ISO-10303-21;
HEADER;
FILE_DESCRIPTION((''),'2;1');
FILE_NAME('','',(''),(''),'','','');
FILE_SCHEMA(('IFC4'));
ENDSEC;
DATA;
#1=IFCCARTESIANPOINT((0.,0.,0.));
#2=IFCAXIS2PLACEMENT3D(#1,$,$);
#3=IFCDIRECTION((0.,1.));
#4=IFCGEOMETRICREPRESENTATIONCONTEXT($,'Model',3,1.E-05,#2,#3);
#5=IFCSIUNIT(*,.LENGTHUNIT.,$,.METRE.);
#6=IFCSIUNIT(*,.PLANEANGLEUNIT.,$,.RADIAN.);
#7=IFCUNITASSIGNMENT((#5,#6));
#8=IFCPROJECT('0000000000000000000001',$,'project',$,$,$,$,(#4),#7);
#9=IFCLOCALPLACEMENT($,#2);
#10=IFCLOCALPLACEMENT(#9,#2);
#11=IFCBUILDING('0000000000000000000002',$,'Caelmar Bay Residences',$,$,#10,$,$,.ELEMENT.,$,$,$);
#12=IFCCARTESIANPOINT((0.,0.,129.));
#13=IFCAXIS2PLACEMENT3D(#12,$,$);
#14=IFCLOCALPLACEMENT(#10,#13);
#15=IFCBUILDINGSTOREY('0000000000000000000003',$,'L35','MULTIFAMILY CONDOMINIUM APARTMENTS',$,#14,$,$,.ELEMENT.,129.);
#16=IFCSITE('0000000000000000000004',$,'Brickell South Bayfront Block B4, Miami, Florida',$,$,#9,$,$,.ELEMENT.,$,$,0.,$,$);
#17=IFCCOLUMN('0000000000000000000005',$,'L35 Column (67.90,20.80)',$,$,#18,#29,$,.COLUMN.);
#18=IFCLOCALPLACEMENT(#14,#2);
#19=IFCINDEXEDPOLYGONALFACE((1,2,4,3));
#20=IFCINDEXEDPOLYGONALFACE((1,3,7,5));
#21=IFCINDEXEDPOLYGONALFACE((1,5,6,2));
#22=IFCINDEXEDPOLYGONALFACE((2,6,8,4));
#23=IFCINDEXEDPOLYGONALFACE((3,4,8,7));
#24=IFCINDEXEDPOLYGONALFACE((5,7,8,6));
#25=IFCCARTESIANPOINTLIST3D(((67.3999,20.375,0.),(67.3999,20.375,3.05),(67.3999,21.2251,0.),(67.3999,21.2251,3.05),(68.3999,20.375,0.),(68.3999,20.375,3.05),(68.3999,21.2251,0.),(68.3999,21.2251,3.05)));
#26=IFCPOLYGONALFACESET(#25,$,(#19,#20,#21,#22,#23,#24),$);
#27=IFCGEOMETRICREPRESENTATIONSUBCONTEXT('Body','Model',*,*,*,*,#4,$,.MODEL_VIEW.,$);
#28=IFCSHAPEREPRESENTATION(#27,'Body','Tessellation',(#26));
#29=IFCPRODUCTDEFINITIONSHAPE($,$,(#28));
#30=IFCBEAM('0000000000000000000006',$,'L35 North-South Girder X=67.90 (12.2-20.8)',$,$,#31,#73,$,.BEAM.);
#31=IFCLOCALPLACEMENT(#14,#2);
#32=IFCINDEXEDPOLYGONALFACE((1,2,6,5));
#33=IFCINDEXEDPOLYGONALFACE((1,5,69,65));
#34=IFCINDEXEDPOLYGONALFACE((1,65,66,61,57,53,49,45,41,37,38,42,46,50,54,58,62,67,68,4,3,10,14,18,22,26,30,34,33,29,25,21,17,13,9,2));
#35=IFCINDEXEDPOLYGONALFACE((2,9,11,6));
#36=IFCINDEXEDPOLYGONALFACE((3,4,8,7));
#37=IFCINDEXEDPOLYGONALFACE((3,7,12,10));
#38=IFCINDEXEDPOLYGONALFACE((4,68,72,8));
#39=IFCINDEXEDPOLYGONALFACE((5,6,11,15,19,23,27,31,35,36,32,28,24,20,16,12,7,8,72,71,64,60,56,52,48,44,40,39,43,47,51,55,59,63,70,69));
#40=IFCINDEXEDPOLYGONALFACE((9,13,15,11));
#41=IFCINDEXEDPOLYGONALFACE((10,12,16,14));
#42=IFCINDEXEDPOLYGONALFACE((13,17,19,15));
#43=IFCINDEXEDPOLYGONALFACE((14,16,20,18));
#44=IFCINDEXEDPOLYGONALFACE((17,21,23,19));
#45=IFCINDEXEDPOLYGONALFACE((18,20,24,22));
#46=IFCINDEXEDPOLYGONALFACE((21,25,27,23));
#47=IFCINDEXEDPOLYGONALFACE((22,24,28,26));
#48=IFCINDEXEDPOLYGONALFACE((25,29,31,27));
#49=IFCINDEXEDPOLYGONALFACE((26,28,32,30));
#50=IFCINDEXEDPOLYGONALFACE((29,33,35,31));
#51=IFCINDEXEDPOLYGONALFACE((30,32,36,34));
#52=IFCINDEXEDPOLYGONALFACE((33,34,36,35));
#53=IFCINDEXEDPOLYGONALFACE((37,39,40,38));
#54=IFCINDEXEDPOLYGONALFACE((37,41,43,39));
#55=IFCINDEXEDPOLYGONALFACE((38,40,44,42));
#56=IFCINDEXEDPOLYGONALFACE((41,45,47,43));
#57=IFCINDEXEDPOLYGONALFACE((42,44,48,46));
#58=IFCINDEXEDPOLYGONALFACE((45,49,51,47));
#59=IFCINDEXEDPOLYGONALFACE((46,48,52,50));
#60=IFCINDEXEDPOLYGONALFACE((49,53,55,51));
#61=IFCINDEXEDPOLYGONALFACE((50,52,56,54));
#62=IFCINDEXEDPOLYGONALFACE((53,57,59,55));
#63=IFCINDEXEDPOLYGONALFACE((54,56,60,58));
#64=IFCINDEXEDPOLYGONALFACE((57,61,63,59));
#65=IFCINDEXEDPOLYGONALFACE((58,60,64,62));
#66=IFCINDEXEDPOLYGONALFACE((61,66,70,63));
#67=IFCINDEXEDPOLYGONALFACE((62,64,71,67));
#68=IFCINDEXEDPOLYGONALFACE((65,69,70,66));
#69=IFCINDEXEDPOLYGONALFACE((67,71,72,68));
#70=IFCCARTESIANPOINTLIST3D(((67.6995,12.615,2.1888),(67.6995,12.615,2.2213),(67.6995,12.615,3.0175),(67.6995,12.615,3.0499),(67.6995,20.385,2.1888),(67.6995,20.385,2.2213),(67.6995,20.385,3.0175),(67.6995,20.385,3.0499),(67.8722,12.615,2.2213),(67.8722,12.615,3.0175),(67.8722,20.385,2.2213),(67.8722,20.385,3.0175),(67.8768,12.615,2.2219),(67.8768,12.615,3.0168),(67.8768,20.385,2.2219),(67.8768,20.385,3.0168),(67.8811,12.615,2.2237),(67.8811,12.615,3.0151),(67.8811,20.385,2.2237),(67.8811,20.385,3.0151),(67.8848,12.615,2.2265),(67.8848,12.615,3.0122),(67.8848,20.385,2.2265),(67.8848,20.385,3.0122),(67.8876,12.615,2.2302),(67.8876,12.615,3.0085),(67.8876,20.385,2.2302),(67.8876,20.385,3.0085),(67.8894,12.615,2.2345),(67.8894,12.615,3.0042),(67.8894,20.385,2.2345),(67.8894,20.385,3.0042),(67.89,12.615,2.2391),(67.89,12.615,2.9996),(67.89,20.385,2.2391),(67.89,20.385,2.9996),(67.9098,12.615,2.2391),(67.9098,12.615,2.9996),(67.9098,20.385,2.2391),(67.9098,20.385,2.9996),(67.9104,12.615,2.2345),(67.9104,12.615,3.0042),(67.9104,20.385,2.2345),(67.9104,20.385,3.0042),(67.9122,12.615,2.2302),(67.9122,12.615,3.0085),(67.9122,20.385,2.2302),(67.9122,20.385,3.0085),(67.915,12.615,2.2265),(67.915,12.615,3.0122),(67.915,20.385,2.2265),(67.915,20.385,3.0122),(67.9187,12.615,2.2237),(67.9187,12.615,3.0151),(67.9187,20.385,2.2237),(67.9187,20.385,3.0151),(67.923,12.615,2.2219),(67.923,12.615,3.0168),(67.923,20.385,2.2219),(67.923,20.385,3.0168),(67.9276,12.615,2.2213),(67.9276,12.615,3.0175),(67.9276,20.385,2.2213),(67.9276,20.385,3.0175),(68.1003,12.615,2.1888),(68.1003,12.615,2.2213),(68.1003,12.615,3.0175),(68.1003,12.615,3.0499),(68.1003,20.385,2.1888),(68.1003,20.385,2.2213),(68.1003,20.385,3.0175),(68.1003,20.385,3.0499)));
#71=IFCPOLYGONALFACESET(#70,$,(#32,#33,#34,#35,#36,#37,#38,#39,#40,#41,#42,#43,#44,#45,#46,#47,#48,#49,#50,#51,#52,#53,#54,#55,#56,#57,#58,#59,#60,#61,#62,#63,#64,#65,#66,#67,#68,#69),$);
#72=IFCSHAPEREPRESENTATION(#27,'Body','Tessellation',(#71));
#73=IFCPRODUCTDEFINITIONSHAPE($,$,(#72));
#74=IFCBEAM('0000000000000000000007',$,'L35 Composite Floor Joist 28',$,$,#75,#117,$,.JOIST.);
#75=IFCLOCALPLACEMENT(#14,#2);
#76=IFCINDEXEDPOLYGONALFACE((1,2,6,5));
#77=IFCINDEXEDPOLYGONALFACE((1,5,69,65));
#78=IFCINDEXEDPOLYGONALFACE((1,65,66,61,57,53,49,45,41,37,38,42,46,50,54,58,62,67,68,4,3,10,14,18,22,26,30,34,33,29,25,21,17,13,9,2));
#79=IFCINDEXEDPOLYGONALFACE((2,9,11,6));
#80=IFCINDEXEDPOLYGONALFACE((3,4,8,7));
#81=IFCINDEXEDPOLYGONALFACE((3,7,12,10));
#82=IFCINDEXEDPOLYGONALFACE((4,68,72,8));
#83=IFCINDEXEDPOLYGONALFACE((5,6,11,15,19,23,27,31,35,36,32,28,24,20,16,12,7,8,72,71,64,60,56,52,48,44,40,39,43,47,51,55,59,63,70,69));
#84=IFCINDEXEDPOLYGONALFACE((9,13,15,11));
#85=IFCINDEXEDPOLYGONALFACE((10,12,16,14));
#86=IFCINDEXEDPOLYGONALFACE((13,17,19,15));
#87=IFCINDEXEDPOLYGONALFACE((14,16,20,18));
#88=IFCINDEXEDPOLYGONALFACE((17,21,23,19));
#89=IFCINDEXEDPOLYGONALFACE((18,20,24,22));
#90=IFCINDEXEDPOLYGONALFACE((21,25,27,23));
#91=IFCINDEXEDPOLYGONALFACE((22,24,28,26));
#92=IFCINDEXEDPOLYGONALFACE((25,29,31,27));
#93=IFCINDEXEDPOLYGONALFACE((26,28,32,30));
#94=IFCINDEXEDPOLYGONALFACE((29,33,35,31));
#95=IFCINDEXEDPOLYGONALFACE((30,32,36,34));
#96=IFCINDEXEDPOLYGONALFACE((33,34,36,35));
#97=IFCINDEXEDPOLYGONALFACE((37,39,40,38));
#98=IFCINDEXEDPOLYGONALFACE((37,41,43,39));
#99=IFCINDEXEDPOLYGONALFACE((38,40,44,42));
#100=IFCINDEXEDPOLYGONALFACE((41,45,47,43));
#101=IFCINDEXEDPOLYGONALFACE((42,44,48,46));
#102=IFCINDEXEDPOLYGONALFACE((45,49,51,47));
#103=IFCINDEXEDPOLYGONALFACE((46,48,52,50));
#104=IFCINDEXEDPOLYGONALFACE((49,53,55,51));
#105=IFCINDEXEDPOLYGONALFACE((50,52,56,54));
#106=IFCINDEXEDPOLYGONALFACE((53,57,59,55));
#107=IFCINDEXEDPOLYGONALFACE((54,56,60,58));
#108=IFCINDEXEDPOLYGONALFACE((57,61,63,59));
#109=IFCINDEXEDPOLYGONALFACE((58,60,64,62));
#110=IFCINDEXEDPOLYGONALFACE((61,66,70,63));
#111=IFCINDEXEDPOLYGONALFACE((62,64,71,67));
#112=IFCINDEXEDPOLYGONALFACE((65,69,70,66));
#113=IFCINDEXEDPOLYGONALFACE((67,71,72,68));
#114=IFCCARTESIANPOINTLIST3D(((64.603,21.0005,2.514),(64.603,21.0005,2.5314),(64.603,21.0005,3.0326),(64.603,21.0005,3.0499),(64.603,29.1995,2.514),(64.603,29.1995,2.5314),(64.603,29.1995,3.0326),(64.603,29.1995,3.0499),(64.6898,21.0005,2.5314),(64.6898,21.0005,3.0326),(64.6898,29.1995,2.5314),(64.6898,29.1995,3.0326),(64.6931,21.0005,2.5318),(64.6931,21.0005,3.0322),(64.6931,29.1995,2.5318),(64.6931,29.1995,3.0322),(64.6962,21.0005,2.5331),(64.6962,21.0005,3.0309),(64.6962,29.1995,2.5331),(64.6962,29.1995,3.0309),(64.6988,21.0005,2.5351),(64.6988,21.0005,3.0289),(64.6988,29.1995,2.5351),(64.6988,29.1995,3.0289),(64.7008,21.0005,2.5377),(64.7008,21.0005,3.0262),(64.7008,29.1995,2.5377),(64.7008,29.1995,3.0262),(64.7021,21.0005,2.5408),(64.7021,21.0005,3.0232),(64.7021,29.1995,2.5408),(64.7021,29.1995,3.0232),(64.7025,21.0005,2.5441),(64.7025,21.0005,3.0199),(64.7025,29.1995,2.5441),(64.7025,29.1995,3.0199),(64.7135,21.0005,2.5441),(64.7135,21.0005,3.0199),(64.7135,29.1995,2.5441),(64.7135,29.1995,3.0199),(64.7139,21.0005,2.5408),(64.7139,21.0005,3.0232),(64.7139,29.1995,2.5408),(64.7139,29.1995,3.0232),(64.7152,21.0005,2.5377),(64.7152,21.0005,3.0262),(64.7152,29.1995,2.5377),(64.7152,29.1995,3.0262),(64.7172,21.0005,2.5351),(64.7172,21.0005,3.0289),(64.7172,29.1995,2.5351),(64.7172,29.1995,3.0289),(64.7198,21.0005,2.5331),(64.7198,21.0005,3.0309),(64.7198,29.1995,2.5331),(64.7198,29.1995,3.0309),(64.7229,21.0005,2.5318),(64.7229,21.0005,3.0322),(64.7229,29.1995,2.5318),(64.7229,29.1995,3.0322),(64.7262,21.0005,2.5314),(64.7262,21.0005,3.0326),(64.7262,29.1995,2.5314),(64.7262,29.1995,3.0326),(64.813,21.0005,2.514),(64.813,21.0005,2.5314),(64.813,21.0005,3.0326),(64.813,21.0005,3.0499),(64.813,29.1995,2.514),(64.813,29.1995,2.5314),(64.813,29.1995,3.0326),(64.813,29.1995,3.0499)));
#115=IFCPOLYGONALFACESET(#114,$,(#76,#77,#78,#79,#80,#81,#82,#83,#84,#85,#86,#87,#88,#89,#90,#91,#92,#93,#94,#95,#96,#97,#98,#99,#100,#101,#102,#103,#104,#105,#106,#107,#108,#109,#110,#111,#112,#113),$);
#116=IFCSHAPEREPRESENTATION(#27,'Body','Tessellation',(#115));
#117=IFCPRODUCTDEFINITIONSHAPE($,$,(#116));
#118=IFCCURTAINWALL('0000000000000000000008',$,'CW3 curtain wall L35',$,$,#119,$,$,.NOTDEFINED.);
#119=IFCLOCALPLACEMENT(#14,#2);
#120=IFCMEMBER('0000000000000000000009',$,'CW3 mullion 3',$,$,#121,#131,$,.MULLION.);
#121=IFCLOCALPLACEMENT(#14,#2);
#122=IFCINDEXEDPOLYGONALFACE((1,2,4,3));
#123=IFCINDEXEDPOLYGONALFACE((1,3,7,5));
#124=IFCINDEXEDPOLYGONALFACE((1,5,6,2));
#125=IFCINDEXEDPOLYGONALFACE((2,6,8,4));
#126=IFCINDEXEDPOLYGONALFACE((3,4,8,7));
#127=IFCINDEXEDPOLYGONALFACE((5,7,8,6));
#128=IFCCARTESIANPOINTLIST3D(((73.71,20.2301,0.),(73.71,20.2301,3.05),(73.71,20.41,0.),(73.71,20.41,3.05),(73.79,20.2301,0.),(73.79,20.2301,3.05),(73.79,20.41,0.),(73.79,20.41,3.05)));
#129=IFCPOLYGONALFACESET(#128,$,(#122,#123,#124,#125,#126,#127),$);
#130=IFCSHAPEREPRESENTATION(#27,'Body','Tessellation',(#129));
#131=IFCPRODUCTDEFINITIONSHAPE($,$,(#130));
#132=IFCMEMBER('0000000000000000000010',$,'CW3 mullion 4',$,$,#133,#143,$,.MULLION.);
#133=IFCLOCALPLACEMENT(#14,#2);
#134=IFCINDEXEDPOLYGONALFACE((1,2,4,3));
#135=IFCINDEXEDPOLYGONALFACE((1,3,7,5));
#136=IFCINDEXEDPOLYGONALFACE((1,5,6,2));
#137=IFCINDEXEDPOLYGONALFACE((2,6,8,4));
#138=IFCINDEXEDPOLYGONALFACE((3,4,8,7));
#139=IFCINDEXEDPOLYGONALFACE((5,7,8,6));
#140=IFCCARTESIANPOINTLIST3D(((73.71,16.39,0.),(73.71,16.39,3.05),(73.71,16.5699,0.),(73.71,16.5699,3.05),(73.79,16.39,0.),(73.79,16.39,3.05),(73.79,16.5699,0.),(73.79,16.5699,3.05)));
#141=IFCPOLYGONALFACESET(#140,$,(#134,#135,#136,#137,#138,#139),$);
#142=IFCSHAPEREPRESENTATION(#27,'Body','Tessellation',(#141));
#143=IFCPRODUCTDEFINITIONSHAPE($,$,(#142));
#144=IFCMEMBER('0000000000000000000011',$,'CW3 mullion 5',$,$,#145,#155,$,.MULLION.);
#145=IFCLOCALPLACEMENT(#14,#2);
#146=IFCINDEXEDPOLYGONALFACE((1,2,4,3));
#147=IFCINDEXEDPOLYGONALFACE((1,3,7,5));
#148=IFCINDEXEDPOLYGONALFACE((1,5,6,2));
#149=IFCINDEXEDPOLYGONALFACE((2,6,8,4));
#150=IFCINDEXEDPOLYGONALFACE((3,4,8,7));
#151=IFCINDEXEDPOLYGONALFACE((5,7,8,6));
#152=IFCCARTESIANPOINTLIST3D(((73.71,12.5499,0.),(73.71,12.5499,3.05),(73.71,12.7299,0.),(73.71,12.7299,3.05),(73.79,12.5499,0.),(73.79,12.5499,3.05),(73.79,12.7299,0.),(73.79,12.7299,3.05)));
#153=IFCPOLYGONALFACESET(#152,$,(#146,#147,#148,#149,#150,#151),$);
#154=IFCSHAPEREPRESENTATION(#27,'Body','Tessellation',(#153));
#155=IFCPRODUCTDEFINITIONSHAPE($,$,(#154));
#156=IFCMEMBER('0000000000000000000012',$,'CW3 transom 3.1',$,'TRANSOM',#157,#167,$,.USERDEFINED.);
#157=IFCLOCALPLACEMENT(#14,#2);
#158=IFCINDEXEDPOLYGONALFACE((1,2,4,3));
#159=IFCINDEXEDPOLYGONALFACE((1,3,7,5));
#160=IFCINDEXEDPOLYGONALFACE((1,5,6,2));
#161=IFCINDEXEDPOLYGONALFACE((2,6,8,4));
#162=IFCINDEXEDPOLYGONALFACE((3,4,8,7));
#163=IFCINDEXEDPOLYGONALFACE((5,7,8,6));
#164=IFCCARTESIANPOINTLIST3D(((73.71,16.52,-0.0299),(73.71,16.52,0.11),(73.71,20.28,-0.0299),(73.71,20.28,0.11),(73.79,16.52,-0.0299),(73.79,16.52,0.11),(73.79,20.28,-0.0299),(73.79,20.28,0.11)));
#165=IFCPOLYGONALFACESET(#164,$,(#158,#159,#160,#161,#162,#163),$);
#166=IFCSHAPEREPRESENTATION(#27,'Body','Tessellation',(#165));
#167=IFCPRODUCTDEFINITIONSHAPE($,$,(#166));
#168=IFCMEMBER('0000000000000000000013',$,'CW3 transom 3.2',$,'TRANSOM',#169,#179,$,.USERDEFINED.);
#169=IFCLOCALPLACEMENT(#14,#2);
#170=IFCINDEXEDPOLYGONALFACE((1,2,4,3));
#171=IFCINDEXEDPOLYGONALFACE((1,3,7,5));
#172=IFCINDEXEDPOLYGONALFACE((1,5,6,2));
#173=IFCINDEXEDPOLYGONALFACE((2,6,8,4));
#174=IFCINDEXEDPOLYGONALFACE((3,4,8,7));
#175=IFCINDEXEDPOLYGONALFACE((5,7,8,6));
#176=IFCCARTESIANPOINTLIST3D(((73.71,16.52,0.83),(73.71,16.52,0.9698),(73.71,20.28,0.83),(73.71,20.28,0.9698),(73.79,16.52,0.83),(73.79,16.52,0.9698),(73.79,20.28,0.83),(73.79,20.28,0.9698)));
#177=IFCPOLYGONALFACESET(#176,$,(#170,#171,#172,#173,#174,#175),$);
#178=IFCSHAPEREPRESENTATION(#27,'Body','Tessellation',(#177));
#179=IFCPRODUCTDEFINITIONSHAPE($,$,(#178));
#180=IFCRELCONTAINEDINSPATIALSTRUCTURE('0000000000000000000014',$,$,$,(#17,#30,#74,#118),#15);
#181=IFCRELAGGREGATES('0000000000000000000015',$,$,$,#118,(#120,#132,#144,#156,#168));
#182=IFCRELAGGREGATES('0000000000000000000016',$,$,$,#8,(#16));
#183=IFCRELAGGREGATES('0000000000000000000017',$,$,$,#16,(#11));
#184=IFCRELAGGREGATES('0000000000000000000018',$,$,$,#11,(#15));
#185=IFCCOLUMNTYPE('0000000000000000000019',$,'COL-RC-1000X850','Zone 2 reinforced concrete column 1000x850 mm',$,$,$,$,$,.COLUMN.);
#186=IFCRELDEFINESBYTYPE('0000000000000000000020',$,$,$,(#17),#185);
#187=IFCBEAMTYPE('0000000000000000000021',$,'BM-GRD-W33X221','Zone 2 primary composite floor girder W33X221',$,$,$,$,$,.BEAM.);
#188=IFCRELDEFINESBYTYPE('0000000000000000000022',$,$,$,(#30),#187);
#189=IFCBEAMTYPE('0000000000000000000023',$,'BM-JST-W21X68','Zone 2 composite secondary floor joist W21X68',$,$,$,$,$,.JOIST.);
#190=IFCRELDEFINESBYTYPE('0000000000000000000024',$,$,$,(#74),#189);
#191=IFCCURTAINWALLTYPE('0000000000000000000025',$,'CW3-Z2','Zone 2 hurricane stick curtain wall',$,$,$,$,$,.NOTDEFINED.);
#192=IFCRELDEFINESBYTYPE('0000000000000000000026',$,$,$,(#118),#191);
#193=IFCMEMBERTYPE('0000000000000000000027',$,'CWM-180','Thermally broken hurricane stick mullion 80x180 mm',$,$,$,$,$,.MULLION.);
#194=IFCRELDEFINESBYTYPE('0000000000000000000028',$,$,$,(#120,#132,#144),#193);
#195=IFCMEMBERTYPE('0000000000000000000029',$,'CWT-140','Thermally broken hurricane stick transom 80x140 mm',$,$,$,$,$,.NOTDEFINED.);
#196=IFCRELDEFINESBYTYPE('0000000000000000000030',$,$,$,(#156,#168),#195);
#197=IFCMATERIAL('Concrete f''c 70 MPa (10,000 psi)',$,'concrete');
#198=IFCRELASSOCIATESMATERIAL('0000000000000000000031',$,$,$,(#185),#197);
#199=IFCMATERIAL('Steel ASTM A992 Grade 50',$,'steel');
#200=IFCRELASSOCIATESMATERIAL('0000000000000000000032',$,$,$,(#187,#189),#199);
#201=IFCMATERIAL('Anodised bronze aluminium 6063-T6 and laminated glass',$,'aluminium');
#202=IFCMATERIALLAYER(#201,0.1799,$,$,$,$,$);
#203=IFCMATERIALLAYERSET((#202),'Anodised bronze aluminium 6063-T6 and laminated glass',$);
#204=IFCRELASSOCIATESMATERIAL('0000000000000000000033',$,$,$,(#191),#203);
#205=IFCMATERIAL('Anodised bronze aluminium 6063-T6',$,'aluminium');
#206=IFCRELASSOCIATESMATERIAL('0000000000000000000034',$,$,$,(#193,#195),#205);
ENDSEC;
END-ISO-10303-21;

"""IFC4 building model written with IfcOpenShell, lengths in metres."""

from ifc_helpers import new_model, si_unit, direction, frame, origin, origin_2d, place, context, subcontext, project, spatial, rectangle, i_section, extrude, material, layer, layer_set, material_profile, profile_set, type_object, element, aggregate, save


model = new_model("IFC4")

# Units and contexts
model_context = context("Model", 3, precision=1e-05, world=origin(), true_north=direction((0.0, 1.0)))
body_context = subcontext(model_context, "Body", "Model", "MODEL_VIEW")
ifc_project = project(units=[si_unit("LENGTHUNIT", "METRE"), si_unit("PLANEANGLEUNIT", "RADIAN")], contexts=[model_context])

# Site, building, storey
site_placement = place(None, origin())
site = spatial("IfcSite", under=ifc_project, at=site_placement, Name="Brickell South Bayfront Block B4, Miami, Florida", CompositionType="ELEMENT", RefElevation=0.0)
building_placement = place(site_placement, origin())
building = spatial("IfcBuilding", under=site, at=building_placement, Name="Caelmar Bay Residences", CompositionType="ELEMENT")
storey_placement = place(building_placement, frame((0.0, 0.0, 129.0)))
storey = spatial("IfcBuildingStorey", under=building, at=storey_placement, Name="L35", Description="MULTIFAMILY CONDOMINIUM APARTMENTS", CompositionType="ELEMENT", Elevation=129.0)

# Column
ifc_material_1 = material(Name="Concrete f'c 70 MPa (10,000 psi)", Category="concrete")
ifc_material_profile_1 = material_profile(ifc_material_1, rectangle(XDim=1.0, YDim=0.8501, at=origin_2d()), Name="RC-COL-1000X850")
ifc_profile_set_1 = profile_set([ifc_material_profile_1], Name="Concrete f'c 70 MPa (10,000 psi)")
column_type = type_object("IfcColumnType", Name="COL-RC-1000X850", Description="Zone 2 reinforced concrete column 1000x850 mm", PredefinedType="COLUMN", material=ifc_profile_set_1)
column_placement = place(storey_placement, frame((67.8999, 20.8, 0.0), z_axis=(0.0, 0.0, 1.0), x_axis=(1.0, 0.0, 0.0)))
element("IfcColumn", 1, at=column_placement, inside=storey, type_object=column_type, Name="L35 Column (67.90,20.80)", PredefinedType="COLUMN", context=body_context, shape_type="SweptSolid", body=[
    extrude(rectangle(XDim=1.0, YDim=0.8501, at=origin_2d()), origin(), (0.0, 0.0, 1.0), 3.05),
])

# Beams
ifc_material_2 = material(Name="Steel ASTM A992 Grade 50", Category="steel")
ifc_material_profile_2 = material_profile(ifc_material_2, i_section(OverallWidth=0.4009, OverallDepth=0.8611, WebThickness=0.0198, FlangeThickness=0.0325, FilletRadius=0.0178, at=origin_2d()), Name="W33X221")
ifc_profile_set_2 = profile_set([ifc_material_profile_2], Name="Steel ASTM A992 Grade 50")
beam_type_1 = type_object("IfcBeamType", Name="BM-GRD-W33X221", Description="Zone 2 primary composite floor girder W33X221", PredefinedType="BEAM", material=ifc_profile_set_2)
beam_1_placement = place(storey_placement, frame((67.8999, 12.615, 2.6194), z_axis=(0.0, 1.0, 0.0), x_axis=(-1.0, 0.0, 0.0)))
element("IfcBeam", 2, at=beam_1_placement, inside=storey, type_object=beam_type_1, Name="L35 North-South Girder X=67.90 (12.2-20.8)", PredefinedType="BEAM", context=body_context, shape_type="SweptSolid", body=[
    extrude(i_section(OverallWidth=0.4009, OverallDepth=0.8611, WebThickness=0.0198, FlangeThickness=0.0325, FilletRadius=0.0178, at=origin_2d()), origin(), (0.0, 0.0, 1.0), 7.77),
])
ifc_material_profile_3 = material_profile(ifc_material_2, i_section(OverallWidth=0.21, OverallDepth=0.5359, WebThickness=0.011, FlangeThickness=0.0173, FilletRadius=0.0127, at=origin_2d()), Name="W21X68")
ifc_profile_set_3 = profile_set([ifc_material_profile_3], Name="Steel ASTM A992 Grade 50")
beam_type_2 = type_object("IfcBeamType", Name="BM-JST-W21X68", Description="Zone 2 composite secondary floor joist W21X68", PredefinedType="JOIST", material=ifc_profile_set_3)
beam_2_placement = place(storey_placement, frame((64.708, 21.0005, 2.782), z_axis=(0.0, 1.0, 0.0), x_axis=(-1.0, 0.0, 0.0)))
element("IfcBeam", 3, at=beam_2_placement, inside=storey, type_object=beam_type_2, Name="L35 Composite Floor Joist 28", PredefinedType="JOIST", context=body_context, shape_type="SweptSolid", body=[
    extrude(i_section(OverallWidth=0.21, OverallDepth=0.5359, WebThickness=0.011, FlangeThickness=0.0173, FilletRadius=0.0127, at=origin_2d()), origin(), (0.0, 0.0, 1.0), 8.199),
])

# Curtain wall, members
ifc_material_3 = material(Name="Anodised bronze aluminium 6063-T6 and laminated glass", Category="aluminium")
ifc_layer_1 = layer(ifc_material_3, 0.1799)
ifc_layer_set_1 = layer_set([ifc_layer_1], Name="Anodised bronze aluminium 6063-T6 and laminated glass")
curtain_wall_type = type_object("IfcCurtainWallType", Name="CW3-Z2", Description="Zone 2 hurricane stick curtain wall", PredefinedType="NOTDEFINED", material=ifc_layer_set_1)
curtain_wall_placement = place(storey_placement, origin())
curtain_wall = element("IfcCurtainWall", 4, at=curtain_wall_placement, inside=storey, type_object=curtain_wall_type, Name="CW3 curtain wall L35", PredefinedType="NOTDEFINED")
ifc_material_4 = material(Name="Anodised bronze aluminium 6063-T6", Category="aluminium")
ifc_material_profile_4 = material_profile(ifc_material_4, rectangle(XDim=0.0801, YDim=0.1799, at=origin_2d()), Name="CWM-80X180")
ifc_profile_set_4 = profile_set([ifc_material_profile_4], Name="Anodised bronze aluminium 6063-T6")
member_type_1 = type_object("IfcMemberType", Name="CWM-180", Description="Thermally broken hurricane stick mullion 80x180 mm", PredefinedType="MULLION", material=ifc_profile_set_4)
member_1_placement = place(storey_placement, frame((73.75, 20.3201, 0.0), z_axis=(0.0, 0.0, 1.0), x_axis=(1.0, 0.0, 0.0)))
member_1 = element("IfcMember", 5, at=member_1_placement, type_object=member_type_1, Name="CW3 mullion 3", PredefinedType="MULLION", context=body_context, shape_type="SweptSolid", body=[
    extrude(rectangle(XDim=0.0801, YDim=0.1799, at=origin_2d()), origin(), (0.0, 0.0, 1.0), 3.05),
])
member_2_placement = place(storey_placement, frame((73.75, 16.48, 0.0), z_axis=(0.0, 0.0, 1.0), x_axis=(1.0, 0.0, 0.0)))
member_2 = element("IfcMember", 6, at=member_2_placement, type_object=member_type_1, Name="CW3 mullion 4", PredefinedType="MULLION", context=body_context, shape_type="SweptSolid", body=[
    extrude(rectangle(XDim=0.0801, YDim=0.1799, at=origin_2d()), origin(), (0.0, 0.0, 1.0), 3.05),
])
member_3_placement = place(storey_placement, frame((73.75, 12.6399, 0.0), z_axis=(0.0, 0.0, 1.0), x_axis=(1.0, 0.0, 0.0)))
member_3 = element("IfcMember", 7, at=member_3_placement, type_object=member_type_1, Name="CW3 mullion 5", PredefinedType="MULLION", context=body_context, shape_type="SweptSolid", body=[
    extrude(rectangle(XDim=0.0801, YDim=0.1799, at=origin_2d()), origin(), (0.0, 0.0, 1.0), 3.05),
])
ifc_material_profile_5 = material_profile(ifc_material_4, rectangle(XDim=0.0801, YDim=0.1399, at=origin_2d()), Name="CWT-80X140")
ifc_profile_set_5 = profile_set([ifc_material_profile_5], Name="Anodised bronze aluminium 6063-T6")
member_type_2 = type_object("IfcMemberType", Name="CWT-140", Description="Thermally broken hurricane stick transom 80x140 mm", PredefinedType="NOTDEFINED", material=ifc_profile_set_5)
member_4_placement = place(storey_placement, frame((73.75, 20.28, 0.04), z_axis=(0.0, -1.0, 0.0), x_axis=(1.0, 0.0, 0.0)))
member_4 = element("IfcMember", 8, at=member_4_placement, type_object=member_type_2, Name="CW3 transom 3.1", ObjectType="TRANSOM", PredefinedType="USERDEFINED", context=body_context, shape_type="SweptSolid", body=[
    extrude(rectangle(XDim=0.0801, YDim=0.1399, at=origin_2d()), origin(), (0.0, 0.0, 1.0), 3.76),
])
member_5_placement = place(storey_placement, frame((73.75, 20.28, 0.8999), z_axis=(0.0, -1.0, 0.0), x_axis=(1.0, 0.0, 0.0)))
member_5 = element("IfcMember", 9, at=member_5_placement, type_object=member_type_2, Name="CW3 transom 3.2", ObjectType="TRANSOM", PredefinedType="USERDEFINED", context=body_context, shape_type="SweptSolid", body=[
    extrude(rectangle(XDim=0.0801, YDim=0.1399, at=origin_2d()), origin(), (0.0, 0.0, 1.0), 3.76),
])
aggregate(curtain_wall, [member_1, member_2, member_3, member_4, member_5])

save(model, "model.ifc")
